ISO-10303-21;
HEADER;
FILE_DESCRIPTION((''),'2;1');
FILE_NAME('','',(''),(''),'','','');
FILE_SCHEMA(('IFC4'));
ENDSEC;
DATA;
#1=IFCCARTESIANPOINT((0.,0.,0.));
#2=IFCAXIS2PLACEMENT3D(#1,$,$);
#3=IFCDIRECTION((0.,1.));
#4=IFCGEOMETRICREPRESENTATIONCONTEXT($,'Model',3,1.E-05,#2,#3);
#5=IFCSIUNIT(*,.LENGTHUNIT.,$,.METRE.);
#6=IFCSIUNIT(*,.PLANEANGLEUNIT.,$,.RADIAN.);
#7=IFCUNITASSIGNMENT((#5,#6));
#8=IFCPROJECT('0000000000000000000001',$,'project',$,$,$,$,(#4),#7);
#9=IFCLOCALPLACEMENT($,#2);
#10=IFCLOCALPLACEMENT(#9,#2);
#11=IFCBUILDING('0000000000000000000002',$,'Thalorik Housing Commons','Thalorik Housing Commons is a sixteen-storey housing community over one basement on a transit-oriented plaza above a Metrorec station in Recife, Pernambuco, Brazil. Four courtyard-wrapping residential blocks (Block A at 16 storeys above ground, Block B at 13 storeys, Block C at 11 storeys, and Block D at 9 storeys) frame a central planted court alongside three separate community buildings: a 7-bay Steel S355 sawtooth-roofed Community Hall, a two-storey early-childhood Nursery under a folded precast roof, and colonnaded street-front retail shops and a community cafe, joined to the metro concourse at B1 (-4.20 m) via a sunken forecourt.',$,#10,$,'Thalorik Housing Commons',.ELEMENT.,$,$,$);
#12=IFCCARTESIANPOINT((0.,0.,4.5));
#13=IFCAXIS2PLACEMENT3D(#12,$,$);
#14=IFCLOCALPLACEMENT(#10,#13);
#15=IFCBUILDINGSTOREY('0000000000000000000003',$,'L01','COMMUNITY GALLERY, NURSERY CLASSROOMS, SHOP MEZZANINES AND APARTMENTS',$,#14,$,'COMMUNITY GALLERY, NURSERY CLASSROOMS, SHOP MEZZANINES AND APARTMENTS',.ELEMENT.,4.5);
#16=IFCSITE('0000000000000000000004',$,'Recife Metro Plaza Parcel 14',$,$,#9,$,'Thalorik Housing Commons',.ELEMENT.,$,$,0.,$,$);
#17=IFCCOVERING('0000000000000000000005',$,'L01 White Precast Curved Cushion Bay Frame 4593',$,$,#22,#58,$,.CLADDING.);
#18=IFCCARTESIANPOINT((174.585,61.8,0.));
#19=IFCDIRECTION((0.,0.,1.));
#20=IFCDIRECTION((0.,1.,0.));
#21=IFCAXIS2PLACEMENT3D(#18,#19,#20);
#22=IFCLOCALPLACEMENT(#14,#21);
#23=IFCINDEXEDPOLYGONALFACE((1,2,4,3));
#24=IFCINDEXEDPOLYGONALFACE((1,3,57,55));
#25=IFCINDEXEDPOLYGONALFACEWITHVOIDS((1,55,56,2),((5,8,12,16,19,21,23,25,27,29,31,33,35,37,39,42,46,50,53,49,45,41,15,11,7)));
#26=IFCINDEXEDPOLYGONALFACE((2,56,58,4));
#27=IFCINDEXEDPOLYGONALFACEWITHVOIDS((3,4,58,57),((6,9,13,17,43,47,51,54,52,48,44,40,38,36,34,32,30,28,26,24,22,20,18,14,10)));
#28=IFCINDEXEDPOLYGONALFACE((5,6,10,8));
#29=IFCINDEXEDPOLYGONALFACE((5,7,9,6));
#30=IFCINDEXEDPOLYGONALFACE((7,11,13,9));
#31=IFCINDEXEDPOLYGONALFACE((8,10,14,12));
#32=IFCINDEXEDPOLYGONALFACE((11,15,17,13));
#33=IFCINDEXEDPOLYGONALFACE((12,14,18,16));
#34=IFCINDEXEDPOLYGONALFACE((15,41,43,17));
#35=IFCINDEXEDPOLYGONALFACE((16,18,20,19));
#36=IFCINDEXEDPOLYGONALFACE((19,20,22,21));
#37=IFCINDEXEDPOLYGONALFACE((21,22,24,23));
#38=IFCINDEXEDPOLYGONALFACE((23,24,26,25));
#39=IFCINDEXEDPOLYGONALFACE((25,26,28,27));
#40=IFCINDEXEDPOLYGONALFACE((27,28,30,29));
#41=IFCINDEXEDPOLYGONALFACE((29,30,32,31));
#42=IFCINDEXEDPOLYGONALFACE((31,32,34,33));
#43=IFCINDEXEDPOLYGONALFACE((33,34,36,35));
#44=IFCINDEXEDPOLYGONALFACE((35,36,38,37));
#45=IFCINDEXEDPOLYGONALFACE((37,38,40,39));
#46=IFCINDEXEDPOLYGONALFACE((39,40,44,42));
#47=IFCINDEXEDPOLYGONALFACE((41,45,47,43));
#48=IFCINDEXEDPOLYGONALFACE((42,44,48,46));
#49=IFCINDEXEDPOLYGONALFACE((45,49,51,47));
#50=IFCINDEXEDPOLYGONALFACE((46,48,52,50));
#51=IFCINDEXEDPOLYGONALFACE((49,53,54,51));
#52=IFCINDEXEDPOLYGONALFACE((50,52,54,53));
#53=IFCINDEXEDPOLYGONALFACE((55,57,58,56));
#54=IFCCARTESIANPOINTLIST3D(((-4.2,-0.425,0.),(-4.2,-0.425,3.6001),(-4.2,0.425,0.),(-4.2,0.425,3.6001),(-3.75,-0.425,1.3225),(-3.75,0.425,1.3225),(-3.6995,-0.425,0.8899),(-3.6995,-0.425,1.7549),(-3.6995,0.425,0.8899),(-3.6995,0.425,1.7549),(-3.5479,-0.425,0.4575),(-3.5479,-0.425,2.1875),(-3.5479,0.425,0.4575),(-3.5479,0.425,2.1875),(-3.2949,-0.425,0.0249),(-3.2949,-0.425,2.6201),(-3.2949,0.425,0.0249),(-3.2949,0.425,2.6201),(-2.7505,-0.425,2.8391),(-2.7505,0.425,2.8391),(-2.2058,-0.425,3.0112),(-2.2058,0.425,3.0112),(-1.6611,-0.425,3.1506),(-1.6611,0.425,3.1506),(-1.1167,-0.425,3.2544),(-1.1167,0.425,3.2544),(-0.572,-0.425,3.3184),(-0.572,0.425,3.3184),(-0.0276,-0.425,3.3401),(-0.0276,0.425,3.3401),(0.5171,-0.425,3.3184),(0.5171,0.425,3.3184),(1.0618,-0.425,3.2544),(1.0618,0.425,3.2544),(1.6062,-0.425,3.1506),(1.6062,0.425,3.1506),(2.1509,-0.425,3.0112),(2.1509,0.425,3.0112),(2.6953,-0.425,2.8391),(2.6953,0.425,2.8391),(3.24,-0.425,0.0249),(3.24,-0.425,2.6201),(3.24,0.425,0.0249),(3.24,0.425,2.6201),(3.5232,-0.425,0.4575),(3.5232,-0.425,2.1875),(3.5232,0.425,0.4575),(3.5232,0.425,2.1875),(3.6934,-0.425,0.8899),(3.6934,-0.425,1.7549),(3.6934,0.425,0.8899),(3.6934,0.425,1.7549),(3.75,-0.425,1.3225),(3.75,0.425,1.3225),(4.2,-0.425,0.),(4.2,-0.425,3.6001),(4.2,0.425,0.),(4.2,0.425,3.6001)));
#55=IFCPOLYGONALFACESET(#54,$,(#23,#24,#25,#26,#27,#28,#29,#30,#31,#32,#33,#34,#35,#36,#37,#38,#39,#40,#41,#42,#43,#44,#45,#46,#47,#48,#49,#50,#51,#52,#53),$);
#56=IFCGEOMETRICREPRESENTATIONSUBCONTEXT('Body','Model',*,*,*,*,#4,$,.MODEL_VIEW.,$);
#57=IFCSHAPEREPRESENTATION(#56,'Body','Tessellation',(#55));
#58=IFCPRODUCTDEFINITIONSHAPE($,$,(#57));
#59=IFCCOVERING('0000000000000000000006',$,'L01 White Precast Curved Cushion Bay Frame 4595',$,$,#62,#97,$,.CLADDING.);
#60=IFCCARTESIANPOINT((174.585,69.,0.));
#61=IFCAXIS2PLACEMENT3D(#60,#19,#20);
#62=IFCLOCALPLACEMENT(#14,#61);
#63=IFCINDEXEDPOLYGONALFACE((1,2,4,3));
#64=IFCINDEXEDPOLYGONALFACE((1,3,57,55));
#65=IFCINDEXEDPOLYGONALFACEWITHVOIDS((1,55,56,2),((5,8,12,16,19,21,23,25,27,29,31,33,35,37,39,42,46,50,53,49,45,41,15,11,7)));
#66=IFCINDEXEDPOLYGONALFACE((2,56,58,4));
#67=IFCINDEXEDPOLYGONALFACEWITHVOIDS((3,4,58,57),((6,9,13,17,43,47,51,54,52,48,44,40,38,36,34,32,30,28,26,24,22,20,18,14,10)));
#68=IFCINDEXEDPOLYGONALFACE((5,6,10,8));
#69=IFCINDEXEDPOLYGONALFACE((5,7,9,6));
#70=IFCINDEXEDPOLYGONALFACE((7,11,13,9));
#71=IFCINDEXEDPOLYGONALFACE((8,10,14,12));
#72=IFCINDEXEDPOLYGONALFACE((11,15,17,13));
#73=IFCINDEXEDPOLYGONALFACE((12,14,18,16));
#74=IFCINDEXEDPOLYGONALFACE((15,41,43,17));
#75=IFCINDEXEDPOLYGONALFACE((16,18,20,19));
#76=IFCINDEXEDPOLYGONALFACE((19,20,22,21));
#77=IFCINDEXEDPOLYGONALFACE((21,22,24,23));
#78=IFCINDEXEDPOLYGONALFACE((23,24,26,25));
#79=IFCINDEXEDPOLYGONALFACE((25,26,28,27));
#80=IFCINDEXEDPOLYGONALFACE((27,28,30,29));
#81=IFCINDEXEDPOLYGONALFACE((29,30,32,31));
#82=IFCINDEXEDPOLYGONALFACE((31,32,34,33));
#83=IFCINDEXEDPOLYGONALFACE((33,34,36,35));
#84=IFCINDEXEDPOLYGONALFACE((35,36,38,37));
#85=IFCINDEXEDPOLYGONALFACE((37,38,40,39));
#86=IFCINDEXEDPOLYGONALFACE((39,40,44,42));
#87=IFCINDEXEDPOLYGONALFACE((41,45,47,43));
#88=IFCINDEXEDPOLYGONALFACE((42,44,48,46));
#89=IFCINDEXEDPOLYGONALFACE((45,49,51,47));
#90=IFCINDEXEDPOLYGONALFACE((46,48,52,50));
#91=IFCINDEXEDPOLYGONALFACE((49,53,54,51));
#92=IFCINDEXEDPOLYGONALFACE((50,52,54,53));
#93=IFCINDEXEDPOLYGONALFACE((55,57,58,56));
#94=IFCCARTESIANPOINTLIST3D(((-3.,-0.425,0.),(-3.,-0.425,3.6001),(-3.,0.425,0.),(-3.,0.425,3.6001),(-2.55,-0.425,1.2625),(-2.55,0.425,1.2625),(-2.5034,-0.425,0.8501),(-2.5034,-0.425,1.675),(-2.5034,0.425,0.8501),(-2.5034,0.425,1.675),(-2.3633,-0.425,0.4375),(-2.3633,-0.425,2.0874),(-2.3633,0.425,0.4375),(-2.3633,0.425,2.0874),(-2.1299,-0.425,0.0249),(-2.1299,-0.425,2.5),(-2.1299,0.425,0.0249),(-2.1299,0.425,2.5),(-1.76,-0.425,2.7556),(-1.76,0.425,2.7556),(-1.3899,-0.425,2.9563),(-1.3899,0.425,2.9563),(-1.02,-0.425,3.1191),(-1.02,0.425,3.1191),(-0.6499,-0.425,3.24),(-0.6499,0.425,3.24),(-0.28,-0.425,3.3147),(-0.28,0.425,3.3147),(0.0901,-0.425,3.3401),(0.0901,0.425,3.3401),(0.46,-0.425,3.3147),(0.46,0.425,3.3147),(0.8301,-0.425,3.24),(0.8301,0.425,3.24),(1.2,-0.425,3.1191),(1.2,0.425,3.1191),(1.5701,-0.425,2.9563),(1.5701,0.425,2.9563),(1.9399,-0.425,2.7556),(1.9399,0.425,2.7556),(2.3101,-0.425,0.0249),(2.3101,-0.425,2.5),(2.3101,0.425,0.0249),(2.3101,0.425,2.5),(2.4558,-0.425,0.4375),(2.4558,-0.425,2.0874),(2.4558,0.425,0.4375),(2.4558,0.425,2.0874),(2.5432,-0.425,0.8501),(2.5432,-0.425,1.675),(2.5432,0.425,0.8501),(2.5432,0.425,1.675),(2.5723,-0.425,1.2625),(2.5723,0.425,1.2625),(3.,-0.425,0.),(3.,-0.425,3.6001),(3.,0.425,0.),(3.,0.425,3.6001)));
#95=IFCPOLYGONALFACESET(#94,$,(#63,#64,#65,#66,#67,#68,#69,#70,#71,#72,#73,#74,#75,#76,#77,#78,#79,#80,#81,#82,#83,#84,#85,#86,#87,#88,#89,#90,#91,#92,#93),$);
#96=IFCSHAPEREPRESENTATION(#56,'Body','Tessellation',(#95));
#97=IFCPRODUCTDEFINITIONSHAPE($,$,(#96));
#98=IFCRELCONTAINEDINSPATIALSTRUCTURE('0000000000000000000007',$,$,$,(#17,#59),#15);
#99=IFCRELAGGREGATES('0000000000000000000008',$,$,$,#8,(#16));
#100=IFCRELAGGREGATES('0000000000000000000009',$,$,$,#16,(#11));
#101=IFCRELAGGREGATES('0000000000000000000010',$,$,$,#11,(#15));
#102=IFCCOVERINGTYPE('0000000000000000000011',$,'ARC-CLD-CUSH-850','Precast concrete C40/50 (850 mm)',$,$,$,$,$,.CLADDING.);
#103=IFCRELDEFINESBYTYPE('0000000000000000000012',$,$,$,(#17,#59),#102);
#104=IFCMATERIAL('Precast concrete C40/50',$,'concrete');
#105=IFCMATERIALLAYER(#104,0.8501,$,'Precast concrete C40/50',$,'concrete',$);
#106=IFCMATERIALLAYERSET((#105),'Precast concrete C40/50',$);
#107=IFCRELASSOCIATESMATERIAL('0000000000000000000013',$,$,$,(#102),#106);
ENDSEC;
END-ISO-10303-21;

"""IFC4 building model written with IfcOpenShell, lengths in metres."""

from ifc_helpers import new_model, si_unit, direction, frame, origin, place, context, subcontext, project, spatial, polyline, outline, extrude, material, layer, layer_set, type_object, element, save


model = new_model("IFC4")

# Units and contexts
model_context = context("Model", 3, precision=1e-05, world=origin(), true_north=direction((0.0, 1.0)))
body_context = subcontext(model_context, "Body", "Model", "MODEL_VIEW")
ifc_project = project(units=[si_unit("LENGTHUNIT", "METRE"), si_unit("PLANEANGLEUNIT", "RADIAN")], contexts=[model_context])

# Site, building, storey
site_placement = place(None, origin())
site = spatial("IfcSite", under=ifc_project, at=site_placement, Name="Recife Metro Plaza Parcel 14", LongName="Thalorik Housing Commons", CompositionType="ELEMENT", RefElevation=0.0)
building_placement = place(site_placement, origin())
building = spatial("IfcBuilding", under=site, at=building_placement, Name="Thalorik Housing Commons", Description="Thalorik Housing Commons is a sixteen-storey housing community over one basement on a transit-oriented plaza above a Metrorec station in Recife, Pernambuco, Brazil. Four courtyard-wrapping residential blocks (Block A at 16 storeys above ground, Block B at 13 storeys, Block C at 11 storeys, and Block D at 9 storeys) frame a central planted court alongside three separate community buildings: a 7-bay Steel S355 sawtooth-roofed Community Hall, a two-storey early-childhood Nursery under a folded precast roof, and colonnaded street-front retail shops and a community cafe, joined to the metro concourse at B1 (-4.20 m) via a sunken forecourt.", LongName="Thalorik Housing Commons", CompositionType="ELEMENT")
storey_placement = place(building_placement, frame((0.0, 0.0, 4.5)))
storey = spatial("IfcBuildingStorey", under=building, at=storey_placement, Name="L01", Description="COMMUNITY GALLERY, NURSERY CLASSROOMS, SHOP MEZZANINES AND APARTMENTS", LongName="COMMUNITY GALLERY, NURSERY CLASSROOMS, SHOP MEZZANINES AND APARTMENTS", CompositionType="ELEMENT", Elevation=4.5)

# Shared definitions
ifc_material_1 = material(Name="Precast concrete C40/50", Category="concrete")

# Coverings
ifc_layer_1 = layer(ifc_material_1, 0.8501, Name="Precast concrete C40/50", Category="concrete")
ifc_layer_set_1 = layer_set([ifc_layer_1], Name="Precast concrete C40/50")
covering_type_1 = type_object("IfcCoveringType", Name="ARC-CLD-CUSH-850", Description="Precast concrete C40/50 (850 mm)", PredefinedType="CLADDING", material=ifc_layer_set_1)
covering_1_placement = place(storey_placement, frame((174.585, 61.8, 0.0), z_axis=(0.0, 0.0, 1.0), x_axis=(0.0, 1.0, 0.0)))
element("IfcCovering", 1, at=covering_1_placement, inside=storey, type_object=covering_type_1, Name="L01 White Precast Curved Cushion Bay Frame 4593", PredefinedType="CLADDING", context=body_context, shape_type="SweptSolid", body=[
    extrude(outline(polyline([(-4.2, 0.0), (4.2, 0.0), (4.2, 3.6001), (-4.2, 3.6001), (-4.2, 0.0)]), holes=[polyline([(3.24, 0.0249), (3.5232, 0.4575), (3.6934, 0.8899), (3.75, 1.3225), (3.6934, 1.7549), (3.5232, 2.1875), (3.24, 2.6201), (2.6953, 2.8391), (2.1509, 3.0112), (1.6062, 3.1506), (1.0618, 3.2544), (0.5171, 3.3184), (-0.0276, 3.3401), (-0.572, 3.3184), (-1.1167, 3.2544), (-1.6611, 3.1506), (-2.2058, 3.0112), (-2.7505, 2.8391), (-3.2949, 2.6201), (-3.5479, 2.1875), (-3.6995, 1.7549), (-3.75, 1.3225), (-3.6995, 0.8899), (-3.5479, 0.4575), (-3.2949, 0.0249), (3.24, 0.0249)])]), frame((0.0, 0.425, 0.0), z_axis=(0.0, -1.0, 0.0), x_axis=(1.0, 0.0, 0.0)), (0.0, 0.0, 1.0), 0.8501),
])
covering_2_placement = place(storey_placement, frame((174.585, 69.0, 0.0), z_axis=(0.0, 0.0, 1.0), x_axis=(0.0, 1.0, 0.0)))
element("IfcCovering", 2, at=covering_2_placement, inside=storey, type_object=covering_type_1, Name="L01 White Precast Curved Cushion Bay Frame 4595", PredefinedType="CLADDING", context=body_context, shape_type="SweptSolid", body=[
    extrude(outline(polyline([(-3.0, 0.0), (3.0, 0.0), (3.0, 3.6001), (-3.0, 3.6001), (-3.0, 0.0)]), holes=[polyline([(2.3101, 0.0249), (2.4558, 0.4375), (2.5432, 0.8501), (2.5723, 1.2625), (2.5432, 1.675), (2.4558, 2.0874), (2.3101, 2.5), (1.9399, 2.7556), (1.5701, 2.9563), (1.2, 3.1191), (0.8301, 3.24), (0.46, 3.3147), (0.0901, 3.3401), (-0.28, 3.3147), (-0.6499, 3.24), (-1.02, 3.1191), (-1.3899, 2.9563), (-1.76, 2.7556), (-2.1299, 2.5), (-2.3633, 2.0874), (-2.5034, 1.675), (-2.55, 1.2625), (-2.5034, 0.8501), (-2.3633, 0.4375), (-2.1299, 0.0249), (2.3101, 0.0249)])]), frame((0.0, 0.425, 0.0), z_axis=(0.0, -1.0, 0.0), x_axis=(1.0, 0.0, 0.0)), (0.0, 0.0, 1.0), 0.8501),
])

save(model, "model.ifc")
